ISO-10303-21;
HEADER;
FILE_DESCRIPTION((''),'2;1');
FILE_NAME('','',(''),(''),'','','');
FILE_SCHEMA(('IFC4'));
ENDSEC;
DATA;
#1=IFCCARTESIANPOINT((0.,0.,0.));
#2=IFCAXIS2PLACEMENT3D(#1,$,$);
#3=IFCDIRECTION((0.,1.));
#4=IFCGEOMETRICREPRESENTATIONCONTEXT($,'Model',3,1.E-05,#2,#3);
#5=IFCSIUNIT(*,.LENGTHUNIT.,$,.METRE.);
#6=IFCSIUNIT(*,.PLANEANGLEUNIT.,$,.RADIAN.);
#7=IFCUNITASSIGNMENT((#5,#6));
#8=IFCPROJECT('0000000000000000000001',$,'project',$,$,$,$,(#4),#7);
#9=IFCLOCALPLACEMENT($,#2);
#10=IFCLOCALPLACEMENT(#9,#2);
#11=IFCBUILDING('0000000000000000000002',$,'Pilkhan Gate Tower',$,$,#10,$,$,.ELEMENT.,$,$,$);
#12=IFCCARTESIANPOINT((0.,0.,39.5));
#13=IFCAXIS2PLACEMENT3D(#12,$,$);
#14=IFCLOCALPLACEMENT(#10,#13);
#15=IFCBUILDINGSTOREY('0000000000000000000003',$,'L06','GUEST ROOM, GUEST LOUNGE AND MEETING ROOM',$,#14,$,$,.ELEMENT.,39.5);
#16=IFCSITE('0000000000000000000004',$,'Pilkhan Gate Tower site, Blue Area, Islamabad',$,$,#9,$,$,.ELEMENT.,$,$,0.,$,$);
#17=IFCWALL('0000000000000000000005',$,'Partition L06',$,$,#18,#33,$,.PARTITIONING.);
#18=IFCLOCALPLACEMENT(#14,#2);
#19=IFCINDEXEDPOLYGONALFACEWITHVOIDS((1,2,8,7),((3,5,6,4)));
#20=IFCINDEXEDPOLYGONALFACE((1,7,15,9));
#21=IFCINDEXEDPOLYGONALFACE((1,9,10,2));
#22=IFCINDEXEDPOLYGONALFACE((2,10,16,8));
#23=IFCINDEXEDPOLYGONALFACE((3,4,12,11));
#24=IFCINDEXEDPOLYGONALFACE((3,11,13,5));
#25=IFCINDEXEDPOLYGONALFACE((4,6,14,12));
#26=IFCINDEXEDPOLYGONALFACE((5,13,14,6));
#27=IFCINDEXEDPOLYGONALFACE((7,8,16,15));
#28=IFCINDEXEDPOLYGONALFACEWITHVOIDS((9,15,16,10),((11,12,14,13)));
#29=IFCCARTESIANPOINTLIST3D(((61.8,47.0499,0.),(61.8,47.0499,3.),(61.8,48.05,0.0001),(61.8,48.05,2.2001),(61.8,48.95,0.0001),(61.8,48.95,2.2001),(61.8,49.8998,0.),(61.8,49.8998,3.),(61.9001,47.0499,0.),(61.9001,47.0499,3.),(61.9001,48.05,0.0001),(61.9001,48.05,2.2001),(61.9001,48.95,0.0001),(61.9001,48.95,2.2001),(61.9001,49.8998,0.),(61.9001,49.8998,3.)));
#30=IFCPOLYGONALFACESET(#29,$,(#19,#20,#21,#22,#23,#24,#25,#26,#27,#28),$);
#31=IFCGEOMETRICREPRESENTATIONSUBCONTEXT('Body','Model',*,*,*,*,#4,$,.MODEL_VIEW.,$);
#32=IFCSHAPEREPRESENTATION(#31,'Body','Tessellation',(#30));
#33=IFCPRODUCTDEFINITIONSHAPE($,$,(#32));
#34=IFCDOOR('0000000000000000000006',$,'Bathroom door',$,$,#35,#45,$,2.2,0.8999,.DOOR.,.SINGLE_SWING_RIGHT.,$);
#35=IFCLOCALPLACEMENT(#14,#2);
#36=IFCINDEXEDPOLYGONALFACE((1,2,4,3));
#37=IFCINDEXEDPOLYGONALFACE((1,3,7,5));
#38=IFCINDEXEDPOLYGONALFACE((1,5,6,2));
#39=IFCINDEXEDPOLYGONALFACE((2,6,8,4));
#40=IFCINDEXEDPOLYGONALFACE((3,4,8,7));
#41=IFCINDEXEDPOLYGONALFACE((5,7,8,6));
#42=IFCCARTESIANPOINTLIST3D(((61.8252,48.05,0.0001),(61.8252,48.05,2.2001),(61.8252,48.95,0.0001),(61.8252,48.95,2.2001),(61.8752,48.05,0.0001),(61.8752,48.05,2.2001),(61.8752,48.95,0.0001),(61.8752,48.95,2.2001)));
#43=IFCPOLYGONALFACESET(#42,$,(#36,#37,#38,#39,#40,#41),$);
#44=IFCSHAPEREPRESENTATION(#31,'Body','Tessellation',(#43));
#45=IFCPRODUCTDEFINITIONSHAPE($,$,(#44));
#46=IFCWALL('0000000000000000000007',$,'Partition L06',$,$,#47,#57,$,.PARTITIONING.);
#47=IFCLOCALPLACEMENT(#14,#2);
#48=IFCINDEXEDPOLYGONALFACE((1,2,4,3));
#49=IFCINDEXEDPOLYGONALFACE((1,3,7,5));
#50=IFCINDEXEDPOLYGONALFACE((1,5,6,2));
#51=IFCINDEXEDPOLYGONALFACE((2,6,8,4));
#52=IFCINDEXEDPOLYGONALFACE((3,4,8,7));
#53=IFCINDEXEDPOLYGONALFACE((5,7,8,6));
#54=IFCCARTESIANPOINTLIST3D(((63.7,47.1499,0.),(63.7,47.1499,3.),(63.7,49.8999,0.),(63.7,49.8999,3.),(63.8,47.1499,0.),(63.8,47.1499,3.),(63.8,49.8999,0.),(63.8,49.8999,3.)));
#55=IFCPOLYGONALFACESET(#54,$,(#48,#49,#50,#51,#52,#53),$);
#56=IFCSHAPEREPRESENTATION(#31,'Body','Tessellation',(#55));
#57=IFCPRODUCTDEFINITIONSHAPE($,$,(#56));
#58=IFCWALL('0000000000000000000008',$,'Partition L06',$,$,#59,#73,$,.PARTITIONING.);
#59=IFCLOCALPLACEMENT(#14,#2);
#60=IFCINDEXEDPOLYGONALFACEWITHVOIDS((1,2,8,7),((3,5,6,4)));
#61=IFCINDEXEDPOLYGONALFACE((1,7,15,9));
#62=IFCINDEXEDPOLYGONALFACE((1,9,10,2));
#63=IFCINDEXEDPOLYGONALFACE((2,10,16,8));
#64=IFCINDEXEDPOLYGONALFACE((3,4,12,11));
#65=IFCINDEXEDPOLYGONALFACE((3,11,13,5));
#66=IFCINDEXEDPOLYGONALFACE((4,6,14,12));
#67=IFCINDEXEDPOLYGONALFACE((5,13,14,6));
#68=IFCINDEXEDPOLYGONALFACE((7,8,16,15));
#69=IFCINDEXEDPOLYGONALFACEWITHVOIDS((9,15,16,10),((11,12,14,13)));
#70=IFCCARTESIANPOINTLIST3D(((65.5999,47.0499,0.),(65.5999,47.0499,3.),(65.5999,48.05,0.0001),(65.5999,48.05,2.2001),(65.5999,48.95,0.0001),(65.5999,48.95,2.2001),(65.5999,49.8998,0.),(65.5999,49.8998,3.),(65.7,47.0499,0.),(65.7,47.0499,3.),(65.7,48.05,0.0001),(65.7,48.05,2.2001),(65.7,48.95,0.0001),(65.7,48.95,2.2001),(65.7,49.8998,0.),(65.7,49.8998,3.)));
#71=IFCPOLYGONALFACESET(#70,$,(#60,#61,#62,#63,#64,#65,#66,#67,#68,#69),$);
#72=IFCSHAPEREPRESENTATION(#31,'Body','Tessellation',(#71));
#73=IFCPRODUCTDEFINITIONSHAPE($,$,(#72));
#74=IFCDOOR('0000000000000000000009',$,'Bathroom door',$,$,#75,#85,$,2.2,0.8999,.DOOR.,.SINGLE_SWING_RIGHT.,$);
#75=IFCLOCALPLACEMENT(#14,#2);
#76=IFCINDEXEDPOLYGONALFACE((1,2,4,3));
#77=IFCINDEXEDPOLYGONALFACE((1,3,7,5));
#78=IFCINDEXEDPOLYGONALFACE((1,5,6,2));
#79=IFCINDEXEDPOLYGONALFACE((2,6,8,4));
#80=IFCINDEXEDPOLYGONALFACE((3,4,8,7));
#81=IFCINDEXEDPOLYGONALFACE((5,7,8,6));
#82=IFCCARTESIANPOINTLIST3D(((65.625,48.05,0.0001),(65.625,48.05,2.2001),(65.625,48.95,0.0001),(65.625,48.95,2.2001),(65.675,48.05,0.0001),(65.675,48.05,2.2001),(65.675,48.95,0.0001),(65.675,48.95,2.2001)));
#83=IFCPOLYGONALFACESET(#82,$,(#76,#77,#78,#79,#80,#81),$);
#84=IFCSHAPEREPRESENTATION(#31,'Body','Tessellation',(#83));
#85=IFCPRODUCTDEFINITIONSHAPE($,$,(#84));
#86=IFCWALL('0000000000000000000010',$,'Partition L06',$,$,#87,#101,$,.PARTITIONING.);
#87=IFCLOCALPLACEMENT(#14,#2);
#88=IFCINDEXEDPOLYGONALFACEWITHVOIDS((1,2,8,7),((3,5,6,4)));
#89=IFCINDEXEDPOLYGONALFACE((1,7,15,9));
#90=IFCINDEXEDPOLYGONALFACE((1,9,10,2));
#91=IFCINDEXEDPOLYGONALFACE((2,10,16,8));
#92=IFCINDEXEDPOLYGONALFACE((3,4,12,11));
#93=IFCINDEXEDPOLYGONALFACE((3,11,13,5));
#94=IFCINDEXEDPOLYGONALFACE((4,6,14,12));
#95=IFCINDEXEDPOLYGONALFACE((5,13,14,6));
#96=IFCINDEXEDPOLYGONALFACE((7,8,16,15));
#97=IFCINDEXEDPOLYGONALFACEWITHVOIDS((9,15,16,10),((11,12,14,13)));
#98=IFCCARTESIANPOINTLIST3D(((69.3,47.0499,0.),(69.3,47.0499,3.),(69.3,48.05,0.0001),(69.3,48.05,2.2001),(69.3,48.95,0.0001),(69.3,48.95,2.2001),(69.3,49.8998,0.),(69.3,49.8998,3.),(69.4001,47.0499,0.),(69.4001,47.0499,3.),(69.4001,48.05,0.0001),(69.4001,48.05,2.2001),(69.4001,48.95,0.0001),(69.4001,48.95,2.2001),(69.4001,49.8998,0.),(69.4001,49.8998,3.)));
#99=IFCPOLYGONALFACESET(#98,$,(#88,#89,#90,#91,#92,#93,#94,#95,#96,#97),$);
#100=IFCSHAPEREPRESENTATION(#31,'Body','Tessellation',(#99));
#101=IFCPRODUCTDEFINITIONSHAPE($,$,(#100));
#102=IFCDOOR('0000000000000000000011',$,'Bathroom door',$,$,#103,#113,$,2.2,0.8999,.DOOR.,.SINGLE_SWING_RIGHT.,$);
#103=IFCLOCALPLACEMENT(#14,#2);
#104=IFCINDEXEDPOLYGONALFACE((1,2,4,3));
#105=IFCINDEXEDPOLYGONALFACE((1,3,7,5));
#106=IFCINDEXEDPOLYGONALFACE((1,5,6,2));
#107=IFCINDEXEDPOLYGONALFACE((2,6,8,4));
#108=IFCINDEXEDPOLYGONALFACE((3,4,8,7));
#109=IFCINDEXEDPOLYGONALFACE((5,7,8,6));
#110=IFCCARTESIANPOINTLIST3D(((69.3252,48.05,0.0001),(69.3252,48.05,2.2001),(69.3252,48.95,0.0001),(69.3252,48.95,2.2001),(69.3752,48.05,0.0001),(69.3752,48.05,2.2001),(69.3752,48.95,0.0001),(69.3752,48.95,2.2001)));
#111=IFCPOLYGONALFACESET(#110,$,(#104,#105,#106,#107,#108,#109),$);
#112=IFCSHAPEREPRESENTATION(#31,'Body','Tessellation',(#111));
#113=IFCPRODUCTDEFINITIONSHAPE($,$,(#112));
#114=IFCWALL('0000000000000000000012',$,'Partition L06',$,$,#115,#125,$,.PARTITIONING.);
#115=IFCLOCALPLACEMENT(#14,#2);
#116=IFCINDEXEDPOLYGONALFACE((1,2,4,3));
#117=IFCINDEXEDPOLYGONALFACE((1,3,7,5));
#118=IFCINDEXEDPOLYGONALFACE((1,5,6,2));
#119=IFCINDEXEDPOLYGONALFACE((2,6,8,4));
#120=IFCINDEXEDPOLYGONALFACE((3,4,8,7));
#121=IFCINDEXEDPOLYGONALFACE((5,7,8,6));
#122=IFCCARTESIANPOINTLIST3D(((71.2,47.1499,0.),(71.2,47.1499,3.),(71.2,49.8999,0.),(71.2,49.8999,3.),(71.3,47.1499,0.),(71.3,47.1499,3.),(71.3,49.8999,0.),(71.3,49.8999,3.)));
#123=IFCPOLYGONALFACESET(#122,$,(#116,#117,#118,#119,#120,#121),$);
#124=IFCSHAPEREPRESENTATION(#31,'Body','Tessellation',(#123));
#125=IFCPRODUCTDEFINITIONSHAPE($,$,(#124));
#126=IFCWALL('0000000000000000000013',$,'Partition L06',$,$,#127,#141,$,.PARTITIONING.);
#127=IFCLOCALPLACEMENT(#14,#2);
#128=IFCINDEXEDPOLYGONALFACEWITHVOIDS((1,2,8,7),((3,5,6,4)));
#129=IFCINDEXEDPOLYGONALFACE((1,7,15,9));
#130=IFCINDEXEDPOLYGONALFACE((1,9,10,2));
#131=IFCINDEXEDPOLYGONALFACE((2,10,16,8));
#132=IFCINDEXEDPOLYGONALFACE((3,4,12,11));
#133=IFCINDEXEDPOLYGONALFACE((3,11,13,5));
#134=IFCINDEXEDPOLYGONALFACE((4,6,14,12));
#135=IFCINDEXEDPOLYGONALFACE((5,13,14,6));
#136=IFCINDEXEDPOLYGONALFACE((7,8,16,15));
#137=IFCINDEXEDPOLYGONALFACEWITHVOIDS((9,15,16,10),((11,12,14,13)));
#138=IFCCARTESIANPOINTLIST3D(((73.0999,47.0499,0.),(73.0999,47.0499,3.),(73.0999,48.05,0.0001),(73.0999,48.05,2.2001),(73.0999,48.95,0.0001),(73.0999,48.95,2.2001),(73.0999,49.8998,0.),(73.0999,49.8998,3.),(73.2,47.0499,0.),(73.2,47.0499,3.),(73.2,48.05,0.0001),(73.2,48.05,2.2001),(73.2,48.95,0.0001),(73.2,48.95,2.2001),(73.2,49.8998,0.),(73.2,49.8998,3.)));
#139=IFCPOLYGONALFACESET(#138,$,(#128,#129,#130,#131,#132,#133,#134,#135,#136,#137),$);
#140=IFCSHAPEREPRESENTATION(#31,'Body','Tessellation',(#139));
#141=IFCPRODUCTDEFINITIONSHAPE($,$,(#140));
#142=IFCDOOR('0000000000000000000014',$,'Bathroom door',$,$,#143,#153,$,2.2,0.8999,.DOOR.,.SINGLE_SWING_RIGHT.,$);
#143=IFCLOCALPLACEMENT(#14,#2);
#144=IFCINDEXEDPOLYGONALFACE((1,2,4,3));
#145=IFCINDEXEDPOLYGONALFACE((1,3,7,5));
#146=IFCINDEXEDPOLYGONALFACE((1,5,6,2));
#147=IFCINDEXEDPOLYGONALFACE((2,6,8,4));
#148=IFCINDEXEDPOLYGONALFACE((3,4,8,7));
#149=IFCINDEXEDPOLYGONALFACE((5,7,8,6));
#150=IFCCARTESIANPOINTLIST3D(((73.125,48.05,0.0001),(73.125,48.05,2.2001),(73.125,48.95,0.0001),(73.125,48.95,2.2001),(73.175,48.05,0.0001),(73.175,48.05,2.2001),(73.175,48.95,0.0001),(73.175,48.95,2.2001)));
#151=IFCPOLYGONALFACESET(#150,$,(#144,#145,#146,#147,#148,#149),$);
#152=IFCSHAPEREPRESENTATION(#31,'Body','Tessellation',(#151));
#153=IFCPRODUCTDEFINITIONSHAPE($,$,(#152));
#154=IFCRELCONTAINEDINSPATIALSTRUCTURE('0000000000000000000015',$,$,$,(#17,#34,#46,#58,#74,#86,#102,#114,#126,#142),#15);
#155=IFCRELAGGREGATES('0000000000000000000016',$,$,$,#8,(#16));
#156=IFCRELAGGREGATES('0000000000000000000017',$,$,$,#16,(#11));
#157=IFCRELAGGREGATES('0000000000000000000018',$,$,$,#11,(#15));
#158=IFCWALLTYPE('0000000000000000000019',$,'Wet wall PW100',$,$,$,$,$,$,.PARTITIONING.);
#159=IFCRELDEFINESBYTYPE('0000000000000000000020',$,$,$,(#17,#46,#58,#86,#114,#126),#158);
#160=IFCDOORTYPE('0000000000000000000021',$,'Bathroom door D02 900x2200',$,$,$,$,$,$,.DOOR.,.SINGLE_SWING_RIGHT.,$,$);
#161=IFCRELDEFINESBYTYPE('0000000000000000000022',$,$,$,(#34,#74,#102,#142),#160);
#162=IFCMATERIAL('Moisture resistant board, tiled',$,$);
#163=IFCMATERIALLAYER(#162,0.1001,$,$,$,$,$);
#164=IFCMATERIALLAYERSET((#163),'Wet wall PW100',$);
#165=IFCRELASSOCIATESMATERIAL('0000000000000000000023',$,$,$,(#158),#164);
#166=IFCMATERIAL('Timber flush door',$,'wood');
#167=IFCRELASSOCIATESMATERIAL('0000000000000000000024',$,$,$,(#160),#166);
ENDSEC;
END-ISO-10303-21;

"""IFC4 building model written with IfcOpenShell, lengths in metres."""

from ifc_helpers import new_model, si_unit, direction, frame, frame_2d, origin, place, context, subcontext, project, spatial, rectangle, extrude, material, layer, layer_set, type_object, element, fill, save


model = new_model("IFC4")

# Units and contexts
model_context = context("Model", 3, precision=1e-05, world=origin(), true_north=direction((0.0, 1.0)))
body_context = subcontext(model_context, "Body", "Model", "MODEL_VIEW")
ifc_project = project(units=[si_unit("LENGTHUNIT", "METRE"), si_unit("PLANEANGLEUNIT", "RADIAN")], contexts=[model_context])

# Site, building, storey
site_placement = place(None, origin())
site = spatial("IfcSite", under=ifc_project, at=site_placement, Name="Pilkhan Gate Tower site, Blue Area, Islamabad", CompositionType="ELEMENT", RefElevation=0.0)
building_placement = place(site_placement, origin())
building = spatial("IfcBuilding", under=site, at=building_placement, Name="Pilkhan Gate Tower", CompositionType="ELEMENT")
storey_placement = place(building_placement, frame((0.0, 0.0, 39.5)))
storey = spatial("IfcBuildingStorey", under=building, at=storey_placement, Name="L06", Description="GUEST ROOM, GUEST LOUNGE AND MEETING ROOM", CompositionType="ELEMENT", Elevation=39.5)

# Shared definitions
ifc_material_1 = material(Name="Moisture resistant board, tiled")
ifc_layer_1 = layer(ifc_material_1, 0.1001)
ifc_layer_set_1 = layer_set([ifc_layer_1], Name="Wet wall PW100")
wall_type_1 = type_object("IfcWallType", Name="Wet wall PW100", PredefinedType="PARTITIONING", material=ifc_layer_set_1)

# Wall, opening, door
wall_1_placement = place(storey_placement, frame((61.8501, 47.05, 0.0), z_axis=(0.0, 0.0, 1.0), x_axis=(0.0, 1.0, 0.0)))
wall_1 = element("IfcWall", 1, at=wall_1_placement, inside=storey, type_object=wall_type_1, Name="Partition L06", PredefinedType="PARTITIONING", context=body_context, shape_type="SweptSolid", body=[
    extrude(rectangle(XDim=2.8499, YDim=0.1001, at=frame_2d((1.4248, 0.0))), origin(), (0.0, 0.0, 1.0), 3.0),
])
opening_1_placement = place(wall_1_placement, frame((1.0, 0.0, 0.0)))
opening_1 = element("IfcOpeningElement", 2, at=opening_1_placement, cuts=wall_1, PredefinedType="OPENING", context=body_context, shape_type="SweptSolid", body=[
    extrude(rectangle(XDim=0.8999, YDim=2.2, at=frame_2d((0.45, 1.1001))), frame((0.0, 0.0601, 0.0), z_axis=(0.0, -1.0, 0.0), x_axis=(1.0, 0.0, 0.0)), (0.0, 0.0, 1.0), 0.1201),
])
ifc_material_2 = material(Name="Timber flush door", Category="wood")
door_type_1 = type_object("IfcDoorType", Name="Bathroom door D02 900x2200", OperationType="SINGLE_SWING_RIGHT", PredefinedType="DOOR", material=ifc_material_2)
door_1_placement = place(opening_1_placement, origin())
door_1 = element("IfcDoor", 3, at=door_1_placement, inside=storey, type_object=door_type_1, Name="Bathroom door", OperationType="SINGLE_SWING_RIGHT", OverallHeight=2.2, OverallWidth=0.8999, PredefinedType="DOOR", context=body_context, shape_type="SweptSolid", body=[
    extrude(rectangle(XDim=0.8999, YDim=2.2, at=frame_2d((0.45, 1.1001))), frame((0.0, 0.0249, 0.0), z_axis=(0.0, -1.0, 0.0), x_axis=(1.0, 0.0, 0.0)), (0.0, 0.0, 1.0), 0.05),
])
fill(opening_1, door_1)

# Wall
wall_2_placement = place(storey_placement, frame((63.75, 47.1499, 0.0), z_axis=(0.0, 0.0, 1.0), x_axis=(0.0, 1.0, 0.0)))
element("IfcWall", 4, at=wall_2_placement, inside=storey, type_object=wall_type_1, Name="Partition L06", PredefinedType="PARTITIONING", context=body_context, shape_type="SweptSolid", body=[
    extrude(rectangle(XDim=2.75, YDim=0.1001, at=frame_2d((1.375, 0.0))), origin(), (0.0, 0.0, 1.0), 3.0),
])

# Walls, openings, doors
wall_3_placement = place(storey_placement, frame((65.6499, 47.05, 0.0), z_axis=(0.0, 0.0, 1.0), x_axis=(0.0, 1.0, 0.0)))
wall_3 = element("IfcWall", 5, at=wall_3_placement, inside=storey, type_object=wall_type_1, Name="Partition L06", PredefinedType="PARTITIONING", context=body_context, shape_type="SweptSolid", body=[
    extrude(rectangle(XDim=2.8499, YDim=0.1001, at=frame_2d((1.4248, 0.0))), origin(), (0.0, 0.0, 1.0), 3.0),
])
opening_2_placement = place(wall_3_placement, frame((1.0, 0.0, 0.0)))
opening_2 = element("IfcOpeningElement", 6, at=opening_2_placement, cuts=wall_3, PredefinedType="OPENING", context=body_context, shape_type="SweptSolid", body=[
    extrude(rectangle(XDim=0.8999, YDim=2.2, at=frame_2d((0.45, 1.1001))), frame((0.0, 0.0601, 0.0), z_axis=(0.0, -1.0, 0.0), x_axis=(1.0, 0.0, 0.0)), (0.0, 0.0, 1.0), 0.1201),
])
door_2_placement = place(opening_2_placement, origin())
door_2 = element("IfcDoor", 7, at=door_2_placement, inside=storey, type_object=door_type_1, Name="Bathroom door", OperationType="SINGLE_SWING_RIGHT", OverallHeight=2.2, OverallWidth=0.8999, PredefinedType="DOOR", context=body_context, shape_type="SweptSolid", body=[
    extrude(rectangle(XDim=0.8999, YDim=2.2, at=frame_2d((0.45, 1.1001))), frame((0.0, 0.0249, 0.0), z_axis=(0.0, -1.0, 0.0), x_axis=(1.0, 0.0, 0.0)), (0.0, 0.0, 1.0), 0.05),
])
fill(opening_2, door_2)
wall_4_placement = place(storey_placement, frame((69.3501, 47.05, 0.0), z_axis=(0.0, 0.0, 1.0), x_axis=(0.0, 1.0, 0.0)))
wall_4 = element("IfcWall", 8, at=wall_4_placement, inside=storey, type_object=wall_type_1, Name="Partition L06", PredefinedType="PARTITIONING", context=body_context, shape_type="SweptSolid", body=[
    extrude(rectangle(XDim=2.8499, YDim=0.1001, at=frame_2d((1.4248, 0.0))), origin(), (0.0, 0.0, 1.0), 3.0),
])
opening_3_placement = place(wall_4_placement, frame((1.0, 0.0, 0.0)))
opening_3 = element("IfcOpeningElement", 9, at=opening_3_placement, cuts=wall_4, PredefinedType="OPENING", context=body_context, shape_type="SweptSolid", body=[
    extrude(rectangle(XDim=0.8999, YDim=2.2, at=frame_2d((0.45, 1.1001))), frame((0.0, 0.0601, 0.0), z_axis=(0.0, -1.0, 0.0), x_axis=(1.0, 0.0, 0.0)), (0.0, 0.0, 1.0), 0.1201),
])
door_3_placement = place(opening_3_placement, origin())
door_3 = element("IfcDoor", 10, at=door_3_placement, inside=storey, type_object=door_type_1, Name="Bathroom door", OperationType="SINGLE_SWING_RIGHT", OverallHeight=2.2, OverallWidth=0.8999, PredefinedType="DOOR", context=body_context, shape_type="SweptSolid", body=[
    extrude(rectangle(XDim=0.8999, YDim=2.2, at=frame_2d((0.45, 1.1001))), frame((0.0, 0.0249, 0.0), z_axis=(0.0, -1.0, 0.0), x_axis=(1.0, 0.0, 0.0)), (0.0, 0.0, 1.0), 0.05),
])
fill(opening_3, door_3)

# Wall
wall_5_placement = place(storey_placement, frame((71.25, 47.1499, 0.0), z_axis=(0.0, 0.0, 1.0), x_axis=(0.0, 1.0, 0.0)))
element("IfcWall", 11, at=wall_5_placement, inside=storey, type_object=wall_type_1, Name="Partition L06", PredefinedType="PARTITIONING", context=body_context, shape_type="SweptSolid", body=[
    extrude(rectangle(XDim=2.75, YDim=0.1001, at=frame_2d((1.375, 0.0))), origin(), (0.0, 0.0, 1.0), 3.0),
])

# Wall, opening, door
wall_6_placement = place(storey_placement, frame((73.1499, 47.05, 0.0), z_axis=(0.0, 0.0, 1.0), x_axis=(0.0, 1.0, 0.0)))
wall_6 = element("IfcWall", 12, at=wall_6_placement, inside=storey, type_object=wall_type_1, Name="Partition L06", PredefinedType="PARTITIONING", context=body_context, shape_type="SweptSolid", body=[
    extrude(rectangle(XDim=2.8499, YDim=0.1001, at=frame_2d((1.4248, 0.0))), origin(), (0.0, 0.0, 1.0), 3.0),
])
opening_4_placement = place(wall_6_placement, frame((1.0, 0.0, 0.0)))
opening_4 = element("IfcOpeningElement", 13, at=opening_4_placement, cuts=wall_6, PredefinedType="OPENING", context=body_context, shape_type="SweptSolid", body=[
    extrude(rectangle(XDim=0.8999, YDim=2.2, at=frame_2d((0.45, 1.1001))), frame((0.0, 0.0601, 0.0), z_axis=(0.0, -1.0, 0.0), x_axis=(1.0, 0.0, 0.0)), (0.0, 0.0, 1.0), 0.1201),
])
door_4_placement = place(opening_4_placement, origin())
door_4 = element("IfcDoor", 14, at=door_4_placement, inside=storey, type_object=door_type_1, Name="Bathroom door", OperationType="SINGLE_SWING_RIGHT", OverallHeight=2.2, OverallWidth=0.8999, PredefinedType="DOOR", context=body_context, shape_type="SweptSolid", body=[
    extrude(rectangle(XDim=0.8999, YDim=2.2, at=frame_2d((0.45, 1.1001))), frame((0.0, 0.0249, 0.0), z_axis=(0.0, -1.0, 0.0), x_axis=(1.0, 0.0, 0.0)), (0.0, 0.0, 1.0), 0.05),
])
fill(opening_4, door_4)

save(model, "model.ifc")
